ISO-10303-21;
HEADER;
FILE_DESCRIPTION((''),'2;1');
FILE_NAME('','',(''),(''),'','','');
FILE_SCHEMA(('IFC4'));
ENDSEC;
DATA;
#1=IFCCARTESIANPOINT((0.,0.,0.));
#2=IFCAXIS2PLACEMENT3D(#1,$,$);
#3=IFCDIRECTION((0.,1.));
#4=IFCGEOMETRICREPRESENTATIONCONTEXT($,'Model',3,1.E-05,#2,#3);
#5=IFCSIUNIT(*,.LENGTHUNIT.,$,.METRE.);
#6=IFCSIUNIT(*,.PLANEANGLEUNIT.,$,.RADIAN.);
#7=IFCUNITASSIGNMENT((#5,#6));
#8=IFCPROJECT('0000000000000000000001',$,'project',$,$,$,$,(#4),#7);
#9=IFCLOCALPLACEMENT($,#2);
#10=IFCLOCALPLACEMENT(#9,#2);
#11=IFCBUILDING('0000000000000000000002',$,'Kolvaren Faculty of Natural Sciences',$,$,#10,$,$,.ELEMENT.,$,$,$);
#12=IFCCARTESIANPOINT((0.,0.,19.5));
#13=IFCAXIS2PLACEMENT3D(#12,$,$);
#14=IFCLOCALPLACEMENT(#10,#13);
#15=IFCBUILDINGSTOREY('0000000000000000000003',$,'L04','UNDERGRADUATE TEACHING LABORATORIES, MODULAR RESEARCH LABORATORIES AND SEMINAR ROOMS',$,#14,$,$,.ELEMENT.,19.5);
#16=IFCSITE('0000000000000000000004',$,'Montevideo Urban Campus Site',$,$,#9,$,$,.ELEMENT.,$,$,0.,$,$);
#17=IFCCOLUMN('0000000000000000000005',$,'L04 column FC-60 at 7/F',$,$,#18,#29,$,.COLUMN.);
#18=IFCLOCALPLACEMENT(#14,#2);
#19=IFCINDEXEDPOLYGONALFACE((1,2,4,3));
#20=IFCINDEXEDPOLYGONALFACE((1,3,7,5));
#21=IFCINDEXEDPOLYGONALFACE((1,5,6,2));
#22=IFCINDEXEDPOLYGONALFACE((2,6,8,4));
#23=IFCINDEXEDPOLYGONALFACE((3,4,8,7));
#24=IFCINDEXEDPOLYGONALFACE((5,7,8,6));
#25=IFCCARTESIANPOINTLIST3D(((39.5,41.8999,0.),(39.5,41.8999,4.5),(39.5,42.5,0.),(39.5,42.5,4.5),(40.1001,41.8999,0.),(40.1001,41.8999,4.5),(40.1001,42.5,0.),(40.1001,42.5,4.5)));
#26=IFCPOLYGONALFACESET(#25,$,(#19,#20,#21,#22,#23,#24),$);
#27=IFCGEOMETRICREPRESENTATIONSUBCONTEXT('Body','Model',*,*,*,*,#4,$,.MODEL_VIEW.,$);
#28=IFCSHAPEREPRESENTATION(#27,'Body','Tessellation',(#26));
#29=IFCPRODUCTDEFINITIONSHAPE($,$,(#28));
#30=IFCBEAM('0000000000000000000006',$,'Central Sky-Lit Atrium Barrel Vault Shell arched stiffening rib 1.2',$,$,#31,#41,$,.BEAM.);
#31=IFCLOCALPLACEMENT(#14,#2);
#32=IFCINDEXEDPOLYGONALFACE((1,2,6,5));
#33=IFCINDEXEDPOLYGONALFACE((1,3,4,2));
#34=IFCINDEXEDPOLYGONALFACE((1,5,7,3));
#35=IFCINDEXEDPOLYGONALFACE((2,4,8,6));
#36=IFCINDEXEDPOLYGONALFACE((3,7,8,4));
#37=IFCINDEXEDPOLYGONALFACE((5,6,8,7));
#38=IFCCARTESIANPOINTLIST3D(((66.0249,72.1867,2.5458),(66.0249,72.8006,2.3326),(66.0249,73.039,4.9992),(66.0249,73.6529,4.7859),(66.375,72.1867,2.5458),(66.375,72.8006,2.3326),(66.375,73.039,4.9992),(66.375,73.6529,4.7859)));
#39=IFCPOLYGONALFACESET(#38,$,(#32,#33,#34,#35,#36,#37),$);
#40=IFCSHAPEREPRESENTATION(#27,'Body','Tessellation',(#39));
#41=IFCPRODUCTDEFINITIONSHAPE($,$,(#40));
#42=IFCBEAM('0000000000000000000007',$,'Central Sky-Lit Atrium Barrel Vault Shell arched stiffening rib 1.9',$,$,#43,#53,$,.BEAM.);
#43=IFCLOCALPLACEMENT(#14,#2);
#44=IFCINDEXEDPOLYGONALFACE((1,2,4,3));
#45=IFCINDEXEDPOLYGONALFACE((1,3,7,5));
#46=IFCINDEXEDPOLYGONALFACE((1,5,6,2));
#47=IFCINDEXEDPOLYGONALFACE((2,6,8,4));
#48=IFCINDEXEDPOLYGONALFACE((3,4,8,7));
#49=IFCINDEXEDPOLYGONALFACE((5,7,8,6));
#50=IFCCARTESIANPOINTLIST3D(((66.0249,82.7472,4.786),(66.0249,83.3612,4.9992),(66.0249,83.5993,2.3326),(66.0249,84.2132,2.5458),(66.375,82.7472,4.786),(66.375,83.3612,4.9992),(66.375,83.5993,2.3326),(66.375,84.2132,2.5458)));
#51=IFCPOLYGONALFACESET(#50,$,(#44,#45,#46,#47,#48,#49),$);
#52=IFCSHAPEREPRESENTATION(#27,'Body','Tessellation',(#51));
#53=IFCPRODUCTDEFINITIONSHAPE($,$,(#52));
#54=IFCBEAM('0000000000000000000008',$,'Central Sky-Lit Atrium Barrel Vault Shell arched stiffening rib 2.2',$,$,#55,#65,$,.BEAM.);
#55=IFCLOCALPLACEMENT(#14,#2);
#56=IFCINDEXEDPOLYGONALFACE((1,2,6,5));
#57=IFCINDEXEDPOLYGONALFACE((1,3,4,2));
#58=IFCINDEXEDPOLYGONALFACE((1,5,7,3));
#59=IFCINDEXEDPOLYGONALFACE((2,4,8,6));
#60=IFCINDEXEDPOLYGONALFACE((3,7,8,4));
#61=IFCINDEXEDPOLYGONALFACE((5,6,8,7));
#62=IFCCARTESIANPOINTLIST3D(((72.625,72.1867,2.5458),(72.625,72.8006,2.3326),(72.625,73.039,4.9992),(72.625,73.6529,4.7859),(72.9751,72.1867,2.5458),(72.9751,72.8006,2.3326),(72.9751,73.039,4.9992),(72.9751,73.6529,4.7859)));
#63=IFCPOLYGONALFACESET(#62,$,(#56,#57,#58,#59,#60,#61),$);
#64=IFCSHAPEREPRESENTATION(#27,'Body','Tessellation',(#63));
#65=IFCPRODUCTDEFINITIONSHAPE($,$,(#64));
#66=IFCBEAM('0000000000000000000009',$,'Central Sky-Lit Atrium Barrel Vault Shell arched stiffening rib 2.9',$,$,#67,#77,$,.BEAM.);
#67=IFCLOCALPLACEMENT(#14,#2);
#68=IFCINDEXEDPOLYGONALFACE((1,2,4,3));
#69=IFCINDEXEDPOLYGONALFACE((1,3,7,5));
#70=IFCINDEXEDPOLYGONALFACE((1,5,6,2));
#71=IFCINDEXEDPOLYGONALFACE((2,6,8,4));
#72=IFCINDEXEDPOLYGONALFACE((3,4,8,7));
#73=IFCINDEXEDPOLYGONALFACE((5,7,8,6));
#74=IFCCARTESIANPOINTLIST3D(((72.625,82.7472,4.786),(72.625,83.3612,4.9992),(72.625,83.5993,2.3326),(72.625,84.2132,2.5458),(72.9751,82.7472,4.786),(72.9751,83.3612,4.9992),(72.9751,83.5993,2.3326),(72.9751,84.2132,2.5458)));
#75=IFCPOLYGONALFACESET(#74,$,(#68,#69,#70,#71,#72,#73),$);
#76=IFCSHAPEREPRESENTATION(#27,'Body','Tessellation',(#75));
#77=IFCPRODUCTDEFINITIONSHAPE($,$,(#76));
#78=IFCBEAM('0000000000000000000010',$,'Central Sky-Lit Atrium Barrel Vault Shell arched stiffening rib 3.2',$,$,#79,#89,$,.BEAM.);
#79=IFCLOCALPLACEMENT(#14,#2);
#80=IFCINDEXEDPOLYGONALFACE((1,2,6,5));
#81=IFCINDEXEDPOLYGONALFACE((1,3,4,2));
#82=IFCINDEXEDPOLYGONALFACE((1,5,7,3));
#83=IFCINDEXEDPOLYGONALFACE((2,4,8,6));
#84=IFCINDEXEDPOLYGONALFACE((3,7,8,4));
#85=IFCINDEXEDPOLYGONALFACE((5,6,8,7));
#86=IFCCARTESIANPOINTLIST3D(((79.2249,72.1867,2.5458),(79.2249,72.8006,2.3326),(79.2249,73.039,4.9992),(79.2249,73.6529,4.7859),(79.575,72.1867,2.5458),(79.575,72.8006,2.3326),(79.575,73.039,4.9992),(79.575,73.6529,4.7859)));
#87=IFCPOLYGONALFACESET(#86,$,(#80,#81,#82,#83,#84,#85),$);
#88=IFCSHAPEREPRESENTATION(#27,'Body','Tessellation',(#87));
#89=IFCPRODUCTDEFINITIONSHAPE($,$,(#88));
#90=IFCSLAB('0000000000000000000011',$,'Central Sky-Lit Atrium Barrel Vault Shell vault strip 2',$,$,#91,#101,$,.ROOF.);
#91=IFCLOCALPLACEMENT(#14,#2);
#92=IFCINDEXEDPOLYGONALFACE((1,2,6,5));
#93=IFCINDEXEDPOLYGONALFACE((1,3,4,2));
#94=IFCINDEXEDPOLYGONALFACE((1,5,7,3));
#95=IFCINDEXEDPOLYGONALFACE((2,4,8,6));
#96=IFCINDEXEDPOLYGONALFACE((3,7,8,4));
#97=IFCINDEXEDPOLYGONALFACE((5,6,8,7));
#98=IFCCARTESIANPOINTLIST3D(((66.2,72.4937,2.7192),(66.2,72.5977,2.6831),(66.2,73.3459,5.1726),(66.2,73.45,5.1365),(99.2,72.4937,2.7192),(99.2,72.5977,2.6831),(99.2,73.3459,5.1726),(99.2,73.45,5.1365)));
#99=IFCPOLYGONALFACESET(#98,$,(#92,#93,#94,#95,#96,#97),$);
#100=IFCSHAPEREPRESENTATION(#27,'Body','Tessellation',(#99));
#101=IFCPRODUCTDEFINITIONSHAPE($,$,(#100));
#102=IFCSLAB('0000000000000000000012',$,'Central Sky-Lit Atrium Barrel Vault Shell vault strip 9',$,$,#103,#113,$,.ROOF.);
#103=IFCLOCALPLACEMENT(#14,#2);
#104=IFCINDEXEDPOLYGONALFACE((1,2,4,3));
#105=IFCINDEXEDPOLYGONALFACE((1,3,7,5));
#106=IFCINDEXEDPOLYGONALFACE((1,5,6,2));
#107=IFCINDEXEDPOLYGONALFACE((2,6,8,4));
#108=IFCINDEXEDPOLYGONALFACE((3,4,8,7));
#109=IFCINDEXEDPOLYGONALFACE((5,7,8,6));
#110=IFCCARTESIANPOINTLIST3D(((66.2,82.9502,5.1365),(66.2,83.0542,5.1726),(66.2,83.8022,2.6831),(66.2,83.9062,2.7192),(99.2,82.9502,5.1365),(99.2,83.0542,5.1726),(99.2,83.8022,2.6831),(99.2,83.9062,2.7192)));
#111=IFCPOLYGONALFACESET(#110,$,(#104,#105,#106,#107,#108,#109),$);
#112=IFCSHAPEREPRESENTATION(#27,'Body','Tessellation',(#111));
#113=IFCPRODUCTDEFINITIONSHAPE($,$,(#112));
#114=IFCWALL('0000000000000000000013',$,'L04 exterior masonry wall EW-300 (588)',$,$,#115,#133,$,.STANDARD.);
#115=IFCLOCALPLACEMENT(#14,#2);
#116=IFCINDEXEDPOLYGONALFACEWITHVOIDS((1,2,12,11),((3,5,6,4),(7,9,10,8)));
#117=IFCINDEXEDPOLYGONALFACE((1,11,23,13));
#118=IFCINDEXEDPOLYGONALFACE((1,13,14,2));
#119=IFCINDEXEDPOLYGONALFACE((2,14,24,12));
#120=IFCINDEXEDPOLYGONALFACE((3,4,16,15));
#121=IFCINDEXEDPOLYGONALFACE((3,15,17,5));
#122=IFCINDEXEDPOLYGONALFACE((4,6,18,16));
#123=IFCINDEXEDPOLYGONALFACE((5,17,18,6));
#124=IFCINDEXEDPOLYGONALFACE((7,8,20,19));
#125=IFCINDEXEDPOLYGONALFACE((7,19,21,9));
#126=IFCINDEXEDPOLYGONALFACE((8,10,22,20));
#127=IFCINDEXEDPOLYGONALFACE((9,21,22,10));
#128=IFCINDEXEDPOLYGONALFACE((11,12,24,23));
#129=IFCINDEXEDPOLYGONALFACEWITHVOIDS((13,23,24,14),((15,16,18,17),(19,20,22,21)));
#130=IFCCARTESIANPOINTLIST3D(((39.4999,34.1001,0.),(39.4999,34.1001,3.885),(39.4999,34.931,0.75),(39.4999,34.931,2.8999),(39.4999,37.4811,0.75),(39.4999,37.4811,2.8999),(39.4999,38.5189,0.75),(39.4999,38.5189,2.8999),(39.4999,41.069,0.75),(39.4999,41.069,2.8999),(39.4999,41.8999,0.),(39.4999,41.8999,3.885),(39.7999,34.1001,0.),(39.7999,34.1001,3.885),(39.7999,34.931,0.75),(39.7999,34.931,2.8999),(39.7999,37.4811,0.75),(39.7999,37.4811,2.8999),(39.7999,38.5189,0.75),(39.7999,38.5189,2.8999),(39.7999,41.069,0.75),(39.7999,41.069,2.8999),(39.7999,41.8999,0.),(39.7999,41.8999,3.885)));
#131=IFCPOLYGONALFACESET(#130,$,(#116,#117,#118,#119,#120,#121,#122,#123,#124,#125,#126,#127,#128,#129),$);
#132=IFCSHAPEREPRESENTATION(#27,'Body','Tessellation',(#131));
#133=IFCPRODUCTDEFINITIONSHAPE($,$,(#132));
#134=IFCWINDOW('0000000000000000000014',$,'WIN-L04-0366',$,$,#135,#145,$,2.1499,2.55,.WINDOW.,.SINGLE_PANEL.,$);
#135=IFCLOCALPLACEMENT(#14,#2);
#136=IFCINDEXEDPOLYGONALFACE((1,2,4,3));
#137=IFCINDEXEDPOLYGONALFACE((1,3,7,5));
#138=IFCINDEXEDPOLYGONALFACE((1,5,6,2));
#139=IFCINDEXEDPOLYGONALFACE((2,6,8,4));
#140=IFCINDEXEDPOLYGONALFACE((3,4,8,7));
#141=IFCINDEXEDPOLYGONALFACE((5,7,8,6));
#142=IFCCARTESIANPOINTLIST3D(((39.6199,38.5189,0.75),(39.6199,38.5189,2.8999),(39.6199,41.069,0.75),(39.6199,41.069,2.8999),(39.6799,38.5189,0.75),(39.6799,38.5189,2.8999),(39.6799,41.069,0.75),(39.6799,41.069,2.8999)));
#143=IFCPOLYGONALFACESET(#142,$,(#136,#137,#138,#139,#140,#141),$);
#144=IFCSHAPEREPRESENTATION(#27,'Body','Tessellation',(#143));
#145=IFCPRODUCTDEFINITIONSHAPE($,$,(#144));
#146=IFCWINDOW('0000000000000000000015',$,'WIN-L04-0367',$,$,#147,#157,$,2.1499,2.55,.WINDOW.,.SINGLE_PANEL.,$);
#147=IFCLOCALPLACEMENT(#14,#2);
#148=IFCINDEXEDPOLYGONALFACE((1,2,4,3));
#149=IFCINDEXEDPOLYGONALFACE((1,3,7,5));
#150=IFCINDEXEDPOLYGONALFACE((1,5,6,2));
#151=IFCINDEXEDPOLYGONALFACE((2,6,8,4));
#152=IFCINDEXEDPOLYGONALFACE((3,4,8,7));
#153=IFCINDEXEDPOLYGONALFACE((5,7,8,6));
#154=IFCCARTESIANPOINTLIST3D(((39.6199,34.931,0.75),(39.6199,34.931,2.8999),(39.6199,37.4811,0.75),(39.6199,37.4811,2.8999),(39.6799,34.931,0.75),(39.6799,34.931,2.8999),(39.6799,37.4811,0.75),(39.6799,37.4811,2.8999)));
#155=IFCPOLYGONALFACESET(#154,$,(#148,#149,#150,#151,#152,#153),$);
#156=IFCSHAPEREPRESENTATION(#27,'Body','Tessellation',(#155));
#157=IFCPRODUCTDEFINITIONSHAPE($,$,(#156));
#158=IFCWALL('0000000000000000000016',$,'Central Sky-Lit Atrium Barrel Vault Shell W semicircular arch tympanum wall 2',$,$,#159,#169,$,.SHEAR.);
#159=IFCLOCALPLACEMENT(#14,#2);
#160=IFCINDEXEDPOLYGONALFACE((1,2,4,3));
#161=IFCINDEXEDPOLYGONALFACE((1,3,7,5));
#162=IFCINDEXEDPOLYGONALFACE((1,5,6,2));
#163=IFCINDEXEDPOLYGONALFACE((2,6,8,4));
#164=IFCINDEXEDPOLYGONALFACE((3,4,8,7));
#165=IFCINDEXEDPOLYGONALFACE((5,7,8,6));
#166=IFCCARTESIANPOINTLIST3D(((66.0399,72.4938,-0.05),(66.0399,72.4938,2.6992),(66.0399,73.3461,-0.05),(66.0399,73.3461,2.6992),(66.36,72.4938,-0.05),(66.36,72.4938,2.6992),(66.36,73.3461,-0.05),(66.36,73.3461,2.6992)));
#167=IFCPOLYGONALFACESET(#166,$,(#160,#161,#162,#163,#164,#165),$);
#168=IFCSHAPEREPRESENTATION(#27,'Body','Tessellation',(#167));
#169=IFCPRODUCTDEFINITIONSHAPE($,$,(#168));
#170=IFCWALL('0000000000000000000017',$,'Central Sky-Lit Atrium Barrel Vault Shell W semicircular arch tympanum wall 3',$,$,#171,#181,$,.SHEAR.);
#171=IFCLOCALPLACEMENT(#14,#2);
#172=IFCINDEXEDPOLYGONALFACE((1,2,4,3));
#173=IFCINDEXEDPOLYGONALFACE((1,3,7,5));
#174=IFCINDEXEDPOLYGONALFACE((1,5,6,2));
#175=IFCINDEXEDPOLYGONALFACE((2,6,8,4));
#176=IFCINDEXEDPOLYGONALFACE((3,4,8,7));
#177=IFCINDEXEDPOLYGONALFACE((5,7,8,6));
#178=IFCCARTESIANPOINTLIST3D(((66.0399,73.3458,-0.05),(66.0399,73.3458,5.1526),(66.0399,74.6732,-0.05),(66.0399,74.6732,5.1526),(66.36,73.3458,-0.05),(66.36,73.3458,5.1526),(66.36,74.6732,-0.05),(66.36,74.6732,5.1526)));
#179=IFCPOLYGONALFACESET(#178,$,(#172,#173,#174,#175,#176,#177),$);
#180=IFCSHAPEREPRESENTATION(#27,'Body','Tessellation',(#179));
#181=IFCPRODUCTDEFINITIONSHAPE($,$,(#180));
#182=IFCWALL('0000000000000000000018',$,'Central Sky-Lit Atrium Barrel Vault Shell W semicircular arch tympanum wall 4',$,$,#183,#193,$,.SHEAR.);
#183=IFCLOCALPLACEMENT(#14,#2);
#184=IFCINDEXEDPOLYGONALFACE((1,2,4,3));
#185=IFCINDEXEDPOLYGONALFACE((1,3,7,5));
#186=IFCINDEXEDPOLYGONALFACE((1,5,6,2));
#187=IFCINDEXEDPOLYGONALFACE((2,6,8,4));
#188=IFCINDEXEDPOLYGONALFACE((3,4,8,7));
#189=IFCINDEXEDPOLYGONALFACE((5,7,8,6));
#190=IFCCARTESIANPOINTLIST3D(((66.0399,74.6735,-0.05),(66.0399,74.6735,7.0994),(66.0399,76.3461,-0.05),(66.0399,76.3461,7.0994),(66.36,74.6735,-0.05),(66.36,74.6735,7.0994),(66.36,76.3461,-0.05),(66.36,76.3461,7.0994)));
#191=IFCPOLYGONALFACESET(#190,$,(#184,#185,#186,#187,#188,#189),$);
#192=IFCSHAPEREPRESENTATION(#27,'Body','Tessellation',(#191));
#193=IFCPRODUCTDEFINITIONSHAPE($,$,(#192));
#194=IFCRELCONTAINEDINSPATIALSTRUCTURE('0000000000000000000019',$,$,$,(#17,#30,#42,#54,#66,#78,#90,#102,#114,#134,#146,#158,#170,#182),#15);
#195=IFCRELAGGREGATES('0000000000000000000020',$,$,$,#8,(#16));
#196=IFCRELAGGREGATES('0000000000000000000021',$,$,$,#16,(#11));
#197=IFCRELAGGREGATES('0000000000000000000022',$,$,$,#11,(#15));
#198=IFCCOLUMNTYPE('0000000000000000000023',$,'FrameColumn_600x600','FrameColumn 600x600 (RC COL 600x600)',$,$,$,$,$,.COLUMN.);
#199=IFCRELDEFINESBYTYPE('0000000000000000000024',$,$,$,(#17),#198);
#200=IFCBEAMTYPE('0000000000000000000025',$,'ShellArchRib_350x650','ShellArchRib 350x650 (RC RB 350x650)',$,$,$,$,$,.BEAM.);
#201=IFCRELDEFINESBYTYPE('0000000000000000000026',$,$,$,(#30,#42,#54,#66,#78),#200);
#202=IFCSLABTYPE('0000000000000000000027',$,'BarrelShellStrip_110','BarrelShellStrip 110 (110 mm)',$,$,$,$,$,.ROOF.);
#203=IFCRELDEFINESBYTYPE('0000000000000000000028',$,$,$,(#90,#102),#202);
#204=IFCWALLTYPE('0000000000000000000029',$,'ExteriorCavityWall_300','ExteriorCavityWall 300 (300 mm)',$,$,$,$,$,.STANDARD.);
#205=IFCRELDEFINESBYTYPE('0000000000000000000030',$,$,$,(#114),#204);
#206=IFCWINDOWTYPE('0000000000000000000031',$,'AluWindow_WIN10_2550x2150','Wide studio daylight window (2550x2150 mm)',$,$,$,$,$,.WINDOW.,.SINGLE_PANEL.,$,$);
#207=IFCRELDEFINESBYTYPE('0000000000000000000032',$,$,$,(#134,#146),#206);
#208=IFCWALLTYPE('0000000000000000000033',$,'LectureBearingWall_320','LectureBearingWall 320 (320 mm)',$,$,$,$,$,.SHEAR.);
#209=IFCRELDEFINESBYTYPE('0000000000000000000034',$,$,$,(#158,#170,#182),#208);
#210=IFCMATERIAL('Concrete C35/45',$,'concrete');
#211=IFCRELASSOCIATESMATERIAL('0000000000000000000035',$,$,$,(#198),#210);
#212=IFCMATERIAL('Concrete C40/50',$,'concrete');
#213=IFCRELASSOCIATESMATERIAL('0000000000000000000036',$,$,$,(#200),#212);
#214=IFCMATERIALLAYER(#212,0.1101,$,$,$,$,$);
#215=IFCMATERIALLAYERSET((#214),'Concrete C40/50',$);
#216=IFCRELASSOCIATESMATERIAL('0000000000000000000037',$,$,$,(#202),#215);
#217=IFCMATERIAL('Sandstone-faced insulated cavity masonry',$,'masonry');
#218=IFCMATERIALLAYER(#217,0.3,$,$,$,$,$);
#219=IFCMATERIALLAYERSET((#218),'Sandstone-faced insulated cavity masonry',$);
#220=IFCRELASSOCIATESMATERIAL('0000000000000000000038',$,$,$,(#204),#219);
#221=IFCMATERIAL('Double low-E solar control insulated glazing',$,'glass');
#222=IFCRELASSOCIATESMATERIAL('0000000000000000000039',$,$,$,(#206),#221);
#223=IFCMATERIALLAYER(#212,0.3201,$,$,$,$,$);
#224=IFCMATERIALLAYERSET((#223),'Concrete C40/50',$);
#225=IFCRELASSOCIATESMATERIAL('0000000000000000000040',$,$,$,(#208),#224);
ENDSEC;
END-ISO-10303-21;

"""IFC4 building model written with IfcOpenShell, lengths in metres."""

from ifc_helpers import new_model, si_unit, direction, frame, frame_2d, origin, origin_2d, place, context, subcontext, project, spatial, polyline, rectangle, outline, extrude, material, layer, layer_set, material_profile, profile_set, type_object, element, fill, save


model = new_model("IFC4")

# Units and contexts
model_context = context("Model", 3, precision=1e-05, world=origin(), true_north=direction((0.0, 1.0)))
body_context = subcontext(model_context, "Body", "Model", "MODEL_VIEW")
ifc_project = project(units=[si_unit("LENGTHUNIT", "METRE"), si_unit("PLANEANGLEUNIT", "RADIAN")], contexts=[model_context])

# Site, building, storey
site_placement = place(None, origin())
site = spatial("IfcSite", under=ifc_project, at=site_placement, Name="Montevideo Urban Campus Site", CompositionType="ELEMENT", RefElevation=0.0)
building_placement = place(site_placement, origin())
building = spatial("IfcBuilding", under=site, at=building_placement, Name="Kolvaren Faculty of Natural Sciences", CompositionType="ELEMENT")
storey_placement = place(building_placement, frame((0.0, 0.0, 19.5)))
storey = spatial("IfcBuildingStorey", under=building, at=storey_placement, Name="L04", Description="UNDERGRADUATE TEACHING LABORATORIES, MODULAR RESEARCH LABORATORIES AND SEMINAR ROOMS", CompositionType="ELEMENT", Elevation=19.5)

# Column
ifc_material_1 = material(Name="Concrete C35/45", Category="concrete")
ifc_material_profile_1 = material_profile(ifc_material_1, rectangle(XDim=0.6001, YDim=0.6001, at=origin_2d()), Name="RC COL 600x600")
ifc_profile_set_1 = profile_set([ifc_material_profile_1], Name="Concrete C35/45")
column_type = type_object("IfcColumnType", Name="FrameColumn_600x600", Description="FrameColumn 600x600 (RC COL 600x600)", PredefinedType="COLUMN", material=ifc_profile_set_1)
column_placement = place(storey_placement, frame((39.8, 42.2, 0.0), z_axis=(0.0, 0.0, 1.0), x_axis=(1.0, 0.0, 0.0)))
element("IfcColumn", 1, at=column_placement, inside=storey, type_object=column_type, Name="L04 column FC-60 at 7/F", PredefinedType="COLUMN", context=body_context, shape_type="SweptSolid", body=[
    extrude(rectangle(XDim=0.6001, YDim=0.6001, at=origin_2d()), origin(), (0.0, 0.0, 1.0), 4.5),
])

# Beams
ifc_material_2 = material(Name="Concrete C40/50", Category="concrete")
ifc_material_profile_2 = material_profile(ifc_material_2, rectangle(XDim=0.3501, YDim=0.6499, at=origin_2d()), Name="RC RB 350x650")
ifc_profile_set_2 = profile_set([ifc_material_profile_2], Name="Concrete C40/50")
beam_type = type_object("IfcBeamType", Name="ShellArchRib_350x650", Description="ShellArchRib 350x650 (RC RB 350x650)", PredefinedType="BEAM", material=ifc_profile_set_2)
for number, where, z_axis, x_axis, name in (
    (2, (66.2, 72.4937, 2.4392), (0.0, 0.32816, 0.944622), (-1.0, 0.0, 0.0), "Central Sky-Lit Atrium Barrel Vault Shell arched stiffening rib 1.2"),
    (3, (66.2, 83.0542, 4.8926), (0.0, 0.328076, -0.944651), (-1.0, 0.0, 0.0), "Central Sky-Lit Atrium Barrel Vault Shell arched stiffening rib 1.9"),
    (4, (72.8, 72.4937, 2.4392), (0.0, 0.32816, 0.944622), (-1.0, 0.0, 0.0), "Central Sky-Lit Atrium Barrel Vault Shell arched stiffening rib 2.2"),
    (5, (72.8, 83.0542, 4.8926), (0.0, 0.328076, -0.944651), (-1.0, 0.0, 0.0), "Central Sky-Lit Atrium Barrel Vault Shell arched stiffening rib 2.9"),
    (6, (79.3999, 72.4937, 2.4392), (0.0, 0.32816, 0.944622), (-1.0, 0.0, 0.0), "Central Sky-Lit Atrium Barrel Vault Shell arched stiffening rib 3.2"),
):
    element("IfcBeam", number, at=place(storey_placement, frame(where, z_axis=z_axis, x_axis=x_axis)), inside=storey, type_object=beam_type, Name=name, PredefinedType="BEAM", context=body_context, shape_type="SweptSolid", body=[
        extrude(rectangle(XDim=0.3501, YDim=0.6499, at=origin_2d()), origin(), (0.0, 0.0, 1.0), 2.5972),
    ])

# Slabs
ifc_layer_1 = layer(ifc_material_2, 0.1101)
ifc_layer_set_1 = layer_set([ifc_layer_1], Name="Concrete C40/50")
slab_type = type_object("IfcSlabType", Name="BarrelShellStrip_110", Description="BarrelShellStrip 110 (110 mm)", PredefinedType="ROOF", material=ifc_layer_set_1)
slab_1_placement = place(storey_placement, frame((66.2, 72.4937, 2.7192), z_axis=(0.0, -0.944622, 0.32816), x_axis=(1.0, 0.0, 0.0)))
element("IfcSlab", 7, at=slab_1_placement, inside=storey, type_object=slab_type, Name="Central Sky-Lit Atrium Barrel Vault Shell vault strip 2", PredefinedType="ROOF", context=body_context, shape_type="SweptSolid", body=[
    extrude(outline(polyline([(0.0, 0.0), (33.0, 0.0), (33.0, 2.5972), (0.0, 2.5972), (0.0, 0.0)])), origin(), (0.0, 0.0, -1.0), 0.1101),
])
slab_2_placement = place(storey_placement, frame((66.2, 83.0542, 5.1726), z_axis=(0.0, 0.944651, 0.328076), x_axis=(1.0, 0.0, 0.0)))
element("IfcSlab", 8, at=slab_2_placement, inside=storey, type_object=slab_type, Name="Central Sky-Lit Atrium Barrel Vault Shell vault strip 9", PredefinedType="ROOF", context=body_context, shape_type="SweptSolid", body=[
    extrude(outline(polyline([(0.0, 0.0), (33.0, 0.0), (33.0, 2.5971), (0.0, 2.5971), (0.0, 0.0)])), origin(), (0.0, 0.0, -1.0), 0.1101),
])

# Wall, openings, windows
ifc_material_3 = material(Name="Sandstone-faced insulated cavity masonry", Category="masonry")
ifc_layer_2 = layer(ifc_material_3, 0.3)
ifc_layer_set_2 = layer_set([ifc_layer_2], Name="Sandstone-faced insulated cavity masonry")
wall_type_1 = type_object("IfcWallType", Name="ExteriorCavityWall_300", Description="ExteriorCavityWall 300 (300 mm)", PredefinedType="STANDARD", material=ifc_layer_set_2)
wall_1_placement = place(storey_placement, frame((39.6499, 41.8999, 0.0), z_axis=(0.0, 0.0, 1.0), x_axis=(0.0, -1.0, 0.0)))
wall_1 = element("IfcWall", 9, at=wall_1_placement, inside=storey, type_object=wall_type_1, Name="L04 exterior masonry wall EW-300 (588)", PredefinedType="STANDARD", context=body_context, shape_type="SweptSolid", body=[
    extrude(rectangle(XDim=7.7998, YDim=0.3, at=frame_2d((3.8999, 0.0))), origin(), (0.0, 0.0, 1.0), 3.885),
])
opening_1_placement = place(wall_1_placement, frame((0.8311, 0.0, 0.75)))
opening_1 = element("IfcOpeningElement", 10, at=opening_1_placement, cuts=wall_1, PredefinedType="OPENING", context=body_context, shape_type="SweptSolid", body=[
    extrude(rectangle(XDim=2.55, YDim=2.1499, at=frame_2d((1.2749, 1.075))), frame((0.0, 0.1599, 0.0), z_axis=(0.0, -1.0, 0.0), x_axis=(1.0, 0.0, 0.0)), (0.0, 0.0, 1.0), 0.3201),
])
opening_2_placement = place(wall_1_placement, frame((4.4189, 0.0, 0.75)))
opening_2 = element("IfcOpeningElement", 11, at=opening_2_placement, cuts=wall_1, PredefinedType="OPENING", context=body_context, shape_type="SweptSolid", body=[
    extrude(rectangle(XDim=2.55, YDim=2.1499, at=frame_2d((1.2749, 1.075))), frame((0.0, 0.1599, 0.0), z_axis=(0.0, -1.0, 0.0), x_axis=(1.0, 0.0, 0.0)), (0.0, 0.0, 1.0), 0.3201),
])
ifc_material_4 = material(Name="Double low-E solar control insulated glazing", Category="glass")
window_type = type_object("IfcWindowType", Name="AluWindow_WIN10_2550x2150", Description="Wide studio daylight window (2550x2150 mm)", PartitioningType="SINGLE_PANEL", PredefinedType="WINDOW", material=ifc_material_4)
window_1_placement = place(opening_1_placement, origin())
window_1 = element("IfcWindow", 12, at=window_1_placement, inside=storey, type_object=window_type, Name="WIN-L04-0366", OverallHeight=2.1499, OverallWidth=2.55, PartitioningType="SINGLE_PANEL", PredefinedType="WINDOW", context=body_context, shape_type="SweptSolid", body=[
    extrude(rectangle(XDim=2.55, YDim=2.1499, at=frame_2d((1.2749, 1.075))), frame((0.0, 0.03, 0.0), z_axis=(0.0, -1.0, 0.0), x_axis=(1.0, 0.0, 0.0)), (0.0, 0.0, 1.0), 0.0601),
])
fill(opening_1, window_1)
window_2_placement = place(opening_2_placement, origin())
window_2 = element("IfcWindow", 13, at=window_2_placement, inside=storey, type_object=window_type, Name="WIN-L04-0367", OverallHeight=2.1499, OverallWidth=2.55, PartitioningType="SINGLE_PANEL", PredefinedType="WINDOW", context=body_context, shape_type="SweptSolid", body=[
    extrude(rectangle(XDim=2.55, YDim=2.1499, at=frame_2d((1.2749, 1.075))), frame((0.0, 0.03, 0.0), z_axis=(0.0, -1.0, 0.0), x_axis=(1.0, 0.0, 0.0)), (0.0, 0.0, 1.0), 0.0601),
])
fill(opening_2, window_2)

# Walls
ifc_layer_3 = layer(ifc_material_2, 0.3201)
ifc_layer_set_3 = layer_set([ifc_layer_3], Name="Concrete C40/50")
wall_type_2 = type_object("IfcWallType", Name="LectureBearingWall_320", Description="LectureBearingWall 320 (320 mm)", PredefinedType="SHEAR", material=ifc_layer_set_3)
wall_2_placement = place(storey_placement, frame((66.2, 72.4937, -0.05), z_axis=(0.0, 0.0, 1.0), x_axis=(0.0, 1.0, 0.0)))
element("IfcWall", 14, at=wall_2_placement, inside=storey, type_object=wall_type_2, Name="Central Sky-Lit Atrium Barrel Vault Shell W semicircular arch tympanum wall 2", PredefinedType="SHEAR", context=body_context, shape_type="SweptSolid", body=[
    extrude(rectangle(XDim=0.8523, YDim=0.3201, at=frame_2d((0.4263, 0.0))), origin(), (0.0, 0.0, 1.0), 2.7493),
])
wall_3_placement = place(storey_placement, frame((66.2, 73.3459, -0.05), z_axis=(0.0, 0.0, 1.0), x_axis=(0.0, 1.0, 0.0)))
element("IfcWall", 15, at=wall_3_placement, inside=storey, type_object=wall_type_2, Name="Central Sky-Lit Atrium Barrel Vault Shell W semicircular arch tympanum wall 3", PredefinedType="SHEAR", context=body_context, shape_type="SweptSolid", body=[
    extrude(rectangle(XDim=1.3274, YDim=0.3201, at=frame_2d((0.6636, 0.0))), origin(), (0.0, 0.0, 1.0), 5.2026),
])
wall_4_placement = place(storey_placement, frame((66.2, 74.6733, -0.05), z_axis=(0.0, 0.0, 1.0), x_axis=(0.0, 1.0, 0.0)))
element("IfcWall", 16, at=wall_4_placement, inside=storey, type_object=wall_type_2, Name="Central Sky-Lit Atrium Barrel Vault Shell W semicircular arch tympanum wall 4", PredefinedType="SHEAR", context=body_context, shape_type="SweptSolid", body=[
    extrude(rectangle(XDim=1.6726, YDim=0.3201, at=frame_2d((0.8364, 0.0))), origin(), (0.0, 0.0, 1.0), 7.1494),
])

save(model, "model.ifc")
